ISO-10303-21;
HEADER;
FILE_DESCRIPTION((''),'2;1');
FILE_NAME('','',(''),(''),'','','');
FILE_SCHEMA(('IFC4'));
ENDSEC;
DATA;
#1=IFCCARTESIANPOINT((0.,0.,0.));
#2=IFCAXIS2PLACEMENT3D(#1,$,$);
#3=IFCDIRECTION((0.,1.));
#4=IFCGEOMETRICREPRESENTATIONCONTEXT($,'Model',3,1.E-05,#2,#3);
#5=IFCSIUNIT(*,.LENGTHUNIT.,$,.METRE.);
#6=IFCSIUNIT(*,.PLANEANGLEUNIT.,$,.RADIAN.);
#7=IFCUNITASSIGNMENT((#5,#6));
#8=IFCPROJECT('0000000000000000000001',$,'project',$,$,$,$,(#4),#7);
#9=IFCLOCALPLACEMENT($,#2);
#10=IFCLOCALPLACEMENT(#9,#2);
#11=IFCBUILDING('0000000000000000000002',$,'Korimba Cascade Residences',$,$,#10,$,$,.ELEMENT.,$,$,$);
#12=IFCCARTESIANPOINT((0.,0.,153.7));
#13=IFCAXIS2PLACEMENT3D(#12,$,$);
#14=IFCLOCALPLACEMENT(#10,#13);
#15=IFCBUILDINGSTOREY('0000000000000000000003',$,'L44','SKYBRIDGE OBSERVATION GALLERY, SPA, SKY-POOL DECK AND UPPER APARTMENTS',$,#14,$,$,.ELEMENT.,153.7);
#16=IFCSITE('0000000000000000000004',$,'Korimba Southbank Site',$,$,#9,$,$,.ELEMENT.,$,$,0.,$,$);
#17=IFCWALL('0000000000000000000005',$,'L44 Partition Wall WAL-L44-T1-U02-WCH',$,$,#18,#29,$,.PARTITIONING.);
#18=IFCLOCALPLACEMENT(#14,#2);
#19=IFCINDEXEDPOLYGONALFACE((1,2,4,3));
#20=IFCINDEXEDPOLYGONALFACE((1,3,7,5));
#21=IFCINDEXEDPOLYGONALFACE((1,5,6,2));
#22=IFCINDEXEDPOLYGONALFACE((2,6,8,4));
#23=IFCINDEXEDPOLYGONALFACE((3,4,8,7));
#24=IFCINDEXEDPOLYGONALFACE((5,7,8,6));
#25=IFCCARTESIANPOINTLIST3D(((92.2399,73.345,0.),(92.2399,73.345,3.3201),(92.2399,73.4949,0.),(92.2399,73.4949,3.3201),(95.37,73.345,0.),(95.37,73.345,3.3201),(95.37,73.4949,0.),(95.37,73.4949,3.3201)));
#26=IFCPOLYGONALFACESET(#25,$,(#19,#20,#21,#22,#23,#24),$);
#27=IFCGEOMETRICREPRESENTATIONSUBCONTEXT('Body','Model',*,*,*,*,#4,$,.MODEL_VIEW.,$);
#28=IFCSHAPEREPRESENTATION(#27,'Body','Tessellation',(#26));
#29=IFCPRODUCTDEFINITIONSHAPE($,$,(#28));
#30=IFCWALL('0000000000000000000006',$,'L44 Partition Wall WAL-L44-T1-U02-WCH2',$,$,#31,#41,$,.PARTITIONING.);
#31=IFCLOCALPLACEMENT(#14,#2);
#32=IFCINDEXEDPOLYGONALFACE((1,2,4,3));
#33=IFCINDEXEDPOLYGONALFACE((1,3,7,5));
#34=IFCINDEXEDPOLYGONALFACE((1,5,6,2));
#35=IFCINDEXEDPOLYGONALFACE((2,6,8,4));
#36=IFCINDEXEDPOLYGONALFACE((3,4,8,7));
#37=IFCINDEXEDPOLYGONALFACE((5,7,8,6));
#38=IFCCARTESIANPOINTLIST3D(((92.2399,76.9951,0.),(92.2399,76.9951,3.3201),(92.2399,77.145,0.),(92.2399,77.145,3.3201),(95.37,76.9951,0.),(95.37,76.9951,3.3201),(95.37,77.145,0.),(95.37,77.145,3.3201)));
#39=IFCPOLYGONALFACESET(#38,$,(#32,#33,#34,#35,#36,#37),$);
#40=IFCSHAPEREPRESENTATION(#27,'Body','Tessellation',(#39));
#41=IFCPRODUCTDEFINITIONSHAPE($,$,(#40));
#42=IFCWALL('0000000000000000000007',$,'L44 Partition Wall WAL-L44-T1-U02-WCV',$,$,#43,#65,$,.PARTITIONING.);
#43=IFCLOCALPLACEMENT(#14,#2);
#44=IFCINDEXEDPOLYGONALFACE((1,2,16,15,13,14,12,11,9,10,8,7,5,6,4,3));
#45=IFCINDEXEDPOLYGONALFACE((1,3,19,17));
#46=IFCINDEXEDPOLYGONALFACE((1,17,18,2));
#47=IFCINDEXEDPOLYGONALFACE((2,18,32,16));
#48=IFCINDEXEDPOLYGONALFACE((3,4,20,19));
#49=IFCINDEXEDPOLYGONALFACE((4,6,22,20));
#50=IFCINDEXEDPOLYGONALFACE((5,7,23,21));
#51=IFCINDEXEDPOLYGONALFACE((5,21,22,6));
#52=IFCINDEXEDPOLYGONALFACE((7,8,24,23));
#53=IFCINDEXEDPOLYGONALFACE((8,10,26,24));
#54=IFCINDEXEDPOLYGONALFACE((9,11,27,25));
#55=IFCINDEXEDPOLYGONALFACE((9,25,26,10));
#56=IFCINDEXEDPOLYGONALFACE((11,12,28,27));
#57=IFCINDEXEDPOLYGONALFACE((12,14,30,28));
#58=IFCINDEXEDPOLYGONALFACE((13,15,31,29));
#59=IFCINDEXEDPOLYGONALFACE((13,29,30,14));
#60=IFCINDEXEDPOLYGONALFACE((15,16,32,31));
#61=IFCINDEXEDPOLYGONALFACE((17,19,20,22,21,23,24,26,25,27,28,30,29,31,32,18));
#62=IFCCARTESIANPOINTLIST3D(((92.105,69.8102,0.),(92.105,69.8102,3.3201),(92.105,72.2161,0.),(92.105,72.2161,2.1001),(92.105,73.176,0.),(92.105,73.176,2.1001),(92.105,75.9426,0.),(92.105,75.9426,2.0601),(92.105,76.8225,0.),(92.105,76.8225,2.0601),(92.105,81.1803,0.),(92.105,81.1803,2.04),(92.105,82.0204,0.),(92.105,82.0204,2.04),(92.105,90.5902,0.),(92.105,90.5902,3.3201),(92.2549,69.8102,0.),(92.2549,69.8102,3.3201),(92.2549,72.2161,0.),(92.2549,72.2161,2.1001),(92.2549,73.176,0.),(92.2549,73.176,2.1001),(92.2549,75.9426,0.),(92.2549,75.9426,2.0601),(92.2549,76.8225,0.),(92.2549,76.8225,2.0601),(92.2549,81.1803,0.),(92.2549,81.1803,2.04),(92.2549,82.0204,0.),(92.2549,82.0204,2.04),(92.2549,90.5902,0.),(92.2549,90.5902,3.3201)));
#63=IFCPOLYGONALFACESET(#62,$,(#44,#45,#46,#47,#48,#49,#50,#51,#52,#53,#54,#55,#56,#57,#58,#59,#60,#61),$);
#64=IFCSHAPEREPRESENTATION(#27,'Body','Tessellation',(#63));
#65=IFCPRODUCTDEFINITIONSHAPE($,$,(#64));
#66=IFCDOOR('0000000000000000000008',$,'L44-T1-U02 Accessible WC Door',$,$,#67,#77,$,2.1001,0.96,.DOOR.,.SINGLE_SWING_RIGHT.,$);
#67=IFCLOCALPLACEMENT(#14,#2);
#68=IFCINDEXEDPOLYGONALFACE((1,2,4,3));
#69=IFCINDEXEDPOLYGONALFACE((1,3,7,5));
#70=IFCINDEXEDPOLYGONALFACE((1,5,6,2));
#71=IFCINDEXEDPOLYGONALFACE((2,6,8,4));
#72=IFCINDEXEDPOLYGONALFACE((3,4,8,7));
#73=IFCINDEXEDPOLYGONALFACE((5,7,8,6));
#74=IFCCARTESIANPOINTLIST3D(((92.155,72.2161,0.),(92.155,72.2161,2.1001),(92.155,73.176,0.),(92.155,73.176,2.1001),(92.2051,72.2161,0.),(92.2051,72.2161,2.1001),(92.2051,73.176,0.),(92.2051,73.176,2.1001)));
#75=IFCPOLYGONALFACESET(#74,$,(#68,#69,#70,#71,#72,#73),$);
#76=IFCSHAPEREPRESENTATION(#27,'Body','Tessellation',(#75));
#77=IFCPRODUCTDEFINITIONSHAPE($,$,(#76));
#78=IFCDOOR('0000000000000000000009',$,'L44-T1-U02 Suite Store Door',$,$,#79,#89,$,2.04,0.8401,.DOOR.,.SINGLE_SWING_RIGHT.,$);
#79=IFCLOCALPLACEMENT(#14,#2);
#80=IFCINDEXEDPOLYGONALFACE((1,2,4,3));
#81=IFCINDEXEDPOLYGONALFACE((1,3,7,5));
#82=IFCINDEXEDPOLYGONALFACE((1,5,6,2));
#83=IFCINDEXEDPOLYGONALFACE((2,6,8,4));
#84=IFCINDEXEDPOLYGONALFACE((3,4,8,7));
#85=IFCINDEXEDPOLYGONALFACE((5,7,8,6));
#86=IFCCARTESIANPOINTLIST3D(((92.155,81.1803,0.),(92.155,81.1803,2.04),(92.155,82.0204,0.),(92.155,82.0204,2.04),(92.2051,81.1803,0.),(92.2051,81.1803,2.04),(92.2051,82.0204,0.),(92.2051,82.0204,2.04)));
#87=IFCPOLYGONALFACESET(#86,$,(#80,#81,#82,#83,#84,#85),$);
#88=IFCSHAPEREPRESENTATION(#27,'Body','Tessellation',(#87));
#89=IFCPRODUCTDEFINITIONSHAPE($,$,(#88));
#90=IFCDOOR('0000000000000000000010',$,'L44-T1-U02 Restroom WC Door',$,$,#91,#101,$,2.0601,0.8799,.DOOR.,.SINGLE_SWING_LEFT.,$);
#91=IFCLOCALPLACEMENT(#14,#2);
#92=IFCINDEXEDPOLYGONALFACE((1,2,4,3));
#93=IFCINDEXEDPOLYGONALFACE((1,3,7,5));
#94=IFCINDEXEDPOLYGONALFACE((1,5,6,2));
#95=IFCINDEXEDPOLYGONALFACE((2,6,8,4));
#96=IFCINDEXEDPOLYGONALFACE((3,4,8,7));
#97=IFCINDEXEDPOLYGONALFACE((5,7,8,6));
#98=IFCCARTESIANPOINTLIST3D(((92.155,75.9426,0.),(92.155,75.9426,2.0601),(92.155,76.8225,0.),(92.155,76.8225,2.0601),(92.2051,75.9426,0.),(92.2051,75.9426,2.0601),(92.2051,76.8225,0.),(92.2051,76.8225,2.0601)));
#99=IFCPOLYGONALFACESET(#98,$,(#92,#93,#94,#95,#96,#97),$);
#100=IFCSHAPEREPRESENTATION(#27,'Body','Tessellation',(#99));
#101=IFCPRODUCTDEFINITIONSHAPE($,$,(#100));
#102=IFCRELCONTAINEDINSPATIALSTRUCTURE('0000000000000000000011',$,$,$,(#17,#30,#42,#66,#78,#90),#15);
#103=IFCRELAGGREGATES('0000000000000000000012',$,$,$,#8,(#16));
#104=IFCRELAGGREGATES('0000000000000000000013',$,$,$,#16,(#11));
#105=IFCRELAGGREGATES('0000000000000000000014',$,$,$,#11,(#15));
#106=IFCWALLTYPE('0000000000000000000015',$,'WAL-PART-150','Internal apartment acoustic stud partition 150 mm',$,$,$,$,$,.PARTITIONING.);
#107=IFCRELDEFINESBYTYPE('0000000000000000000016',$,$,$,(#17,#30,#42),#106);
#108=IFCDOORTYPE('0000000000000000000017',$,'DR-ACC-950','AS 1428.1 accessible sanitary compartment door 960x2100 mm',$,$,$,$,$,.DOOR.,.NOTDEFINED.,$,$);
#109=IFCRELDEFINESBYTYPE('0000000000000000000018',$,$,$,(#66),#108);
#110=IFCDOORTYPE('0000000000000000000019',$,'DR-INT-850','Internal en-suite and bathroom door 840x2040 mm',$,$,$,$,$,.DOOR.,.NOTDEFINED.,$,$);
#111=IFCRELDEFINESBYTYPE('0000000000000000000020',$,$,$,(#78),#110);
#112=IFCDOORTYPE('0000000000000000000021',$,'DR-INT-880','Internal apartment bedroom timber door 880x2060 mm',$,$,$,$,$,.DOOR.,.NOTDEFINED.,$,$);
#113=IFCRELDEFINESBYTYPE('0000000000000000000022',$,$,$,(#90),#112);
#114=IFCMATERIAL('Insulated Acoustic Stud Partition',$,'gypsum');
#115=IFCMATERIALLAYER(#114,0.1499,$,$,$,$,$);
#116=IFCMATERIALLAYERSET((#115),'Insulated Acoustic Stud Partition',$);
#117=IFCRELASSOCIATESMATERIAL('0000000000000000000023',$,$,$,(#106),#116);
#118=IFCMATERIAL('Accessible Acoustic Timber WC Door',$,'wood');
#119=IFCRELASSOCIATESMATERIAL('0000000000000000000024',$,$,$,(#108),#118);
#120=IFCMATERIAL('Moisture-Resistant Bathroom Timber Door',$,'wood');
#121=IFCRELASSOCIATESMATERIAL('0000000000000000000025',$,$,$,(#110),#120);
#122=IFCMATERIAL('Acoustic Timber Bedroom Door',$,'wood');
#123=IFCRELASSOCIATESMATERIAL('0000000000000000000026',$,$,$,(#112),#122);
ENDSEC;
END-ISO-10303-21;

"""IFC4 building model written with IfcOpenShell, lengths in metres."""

from ifc_helpers import new_model, si_unit, direction, frame, frame_2d, origin, place, context, subcontext, project, spatial, rectangle, extrude, material, layer, layer_set, type_object, element, fill, save


model = new_model("IFC4")

# Units and contexts
model_context = context("Model", 3, precision=1e-05, world=origin(), true_north=direction((0.0, 1.0)))
body_context = subcontext(model_context, "Body", "Model", "MODEL_VIEW")
ifc_project = project(units=[si_unit("LENGTHUNIT", "METRE"), si_unit("PLANEANGLEUNIT", "RADIAN")], contexts=[model_context])

# Site, building, storey
site_placement = place(None, origin())
site = spatial("IfcSite", under=ifc_project, at=site_placement, Name="Korimba Southbank Site", CompositionType="ELEMENT", RefElevation=0.0)
building_placement = place(site_placement, origin())
building = spatial("IfcBuilding", under=site, at=building_placement, Name="Korimba Cascade Residences", CompositionType="ELEMENT")
storey_placement = place(building_placement, frame((0.0, 0.0, 153.7)))
storey = spatial("IfcBuildingStorey", under=building, at=storey_placement, Name="L44", Description="SKYBRIDGE OBSERVATION GALLERY, SPA, SKY-POOL DECK AND UPPER APARTMENTS", CompositionType="ELEMENT", Elevation=153.7)

# Walls
ifc_material_1 = material(Name="Insulated Acoustic Stud Partition", Category="gypsum")
ifc_layer_1 = layer(ifc_material_1, 0.1499)
ifc_layer_set_1 = layer_set([ifc_layer_1], Name="Insulated Acoustic Stud Partition")
wall_type_1 = type_object("IfcWallType", Name="WAL-PART-150", Description="Internal apartment acoustic stud partition 150 mm", PredefinedType="PARTITIONING", material=ifc_layer_set_1)
for number, where, z_axis, x_axis, name in (
    (1, (92.24, 73.4199, 0.0), (0.0, 0.0, 1.0), (1.0, 0.0, 0.0), "L44 Partition Wall WAL-L44-T1-U02-WCH"),
    (2, (92.24, 77.0701, 0.0), (0.0, 0.0, 1.0), (1.0, 0.0, 0.0), "L44 Partition Wall WAL-L44-T1-U02-WCH2"),
):
    element("IfcWall", number, at=place(storey_placement, frame(where, z_axis=z_axis, x_axis=x_axis)), inside=storey, type_object=wall_type_1, Name=name, PredefinedType="PARTITIONING", context=body_context, shape_type="SweptSolid", body=[
        extrude(rectangle(XDim=3.1301, YDim=0.1499, at=frame_2d((1.5649, 0.0))), origin(), (0.0, 0.0, 1.0), 3.3201),
    ])

# Wall, openings, doors
wall_1_placement = place(storey_placement, frame((92.1799, 69.8101, 0.0), z_axis=(0.0, 0.0, 1.0), x_axis=(0.0, 1.0, 0.0)))
wall_1 = element("IfcWall", 3, at=wall_1_placement, inside=storey, type_object=wall_type_1, Name="L44 Partition Wall WAL-L44-T1-U02-WCV", PredefinedType="PARTITIONING", context=body_context, shape_type="SweptSolid", body=[
    extrude(rectangle(XDim=20.78, YDim=0.1499, at=frame_2d((10.3901, 0.0))), origin(), (0.0, 0.0, 1.0), 3.3201),
])
opening_1_placement = place(wall_1_placement, frame((2.406, 0.0, 0.0)))
opening_1 = element("IfcOpeningElement", 4, at=opening_1_placement, cuts=wall_1, PredefinedType="OPENING", context=body_context, shape_type="SweptSolid", body=[
    extrude(rectangle(XDim=0.96, YDim=2.1001, at=frame_2d((0.48, 1.05))), frame((0.0, 0.085, 0.0), z_axis=(0.0, -1.0, 0.0), x_axis=(1.0, 0.0, 0.0)), (0.0, 0.0, 1.0), 0.1699),
])
opening_2_placement = place(wall_1_placement, frame((6.1326, 0.0, 0.0)))
opening_2 = element("IfcOpeningElement", 5, at=opening_2_placement, cuts=wall_1, PredefinedType="OPENING", context=body_context, shape_type="SweptSolid", body=[
    extrude(rectangle(XDim=0.8799, YDim=2.0601, at=frame_2d((0.4399, 1.03))), frame((0.0, 0.085, 0.0), z_axis=(0.0, -1.0, 0.0), x_axis=(1.0, 0.0, 0.0)), (0.0, 0.0, 1.0), 0.1699),
])
opening_3_placement = place(wall_1_placement, frame((11.3704, 0.0, 0.0)))
opening_3 = element("IfcOpeningElement", 6, at=opening_3_placement, cuts=wall_1, PredefinedType="OPENING", context=body_context, shape_type="SweptSolid", body=[
    extrude(rectangle(XDim=0.8401, YDim=2.04, at=frame_2d((0.4199, 1.02))), frame((0.0, 0.085, 0.0), z_axis=(0.0, -1.0, 0.0), x_axis=(1.0, 0.0, 0.0)), (0.0, 0.0, 1.0), 0.1699),
])
ifc_material_2 = material(Name="Accessible Acoustic Timber WC Door", Category="wood")
door_type_1 = type_object("IfcDoorType", Name="DR-ACC-950", Description="AS 1428.1 accessible sanitary compartment door 960x2100 mm", OperationType="NOTDEFINED", PredefinedType="DOOR", material=ifc_material_2)
door_1_placement = place(opening_1_placement, origin())
door_1 = element("IfcDoor", 7, at=door_1_placement, inside=storey, type_object=door_type_1, Name="L44-T1-U02 Accessible WC Door", OperationType="SINGLE_SWING_RIGHT", OverallHeight=2.1001, OverallWidth=0.96, PredefinedType="DOOR", context=body_context, shape_type="SweptSolid", body=[
    extrude(rectangle(XDim=0.96, YDim=2.1001, at=frame_2d((0.48, 1.05))), frame((0.0, 0.0249, 0.0), z_axis=(0.0, -1.0, 0.0), x_axis=(1.0, 0.0, 0.0)), (0.0, 0.0, 1.0), 0.05),
])
fill(opening_1, door_1)
ifc_material_3 = material(Name="Moisture-Resistant Bathroom Timber Door", Category="wood")
door_type_2 = type_object("IfcDoorType", Name="DR-INT-850", Description="Internal en-suite and bathroom door 840x2040 mm", OperationType="NOTDEFINED", PredefinedType="DOOR", material=ifc_material_3)
door_2_placement = place(opening_3_placement, origin())
door_2 = element("IfcDoor", 8, at=door_2_placement, inside=storey, type_object=door_type_2, Name="L44-T1-U02 Suite Store Door", OperationType="SINGLE_SWING_RIGHT", OverallHeight=2.04, OverallWidth=0.8401, PredefinedType="DOOR", context=body_context, shape_type="SweptSolid", body=[
    extrude(rectangle(XDim=0.8401, YDim=2.04, at=frame_2d((0.4199, 1.02))), frame((0.0, 0.0249, 0.0), z_axis=(0.0, -1.0, 0.0), x_axis=(1.0, 0.0, 0.0)), (0.0, 0.0, 1.0), 0.05),
])
fill(opening_3, door_2)
ifc_material_4 = material(Name="Acoustic Timber Bedroom Door", Category="wood")
door_type_3 = type_object("IfcDoorType", Name="DR-INT-880", Description="Internal apartment bedroom timber door 880x2060 mm", OperationType="NOTDEFINED", PredefinedType="DOOR", material=ifc_material_4)
door_3_placement = place(opening_2_placement, origin())
door_3 = element("IfcDoor", 9, at=door_3_placement, inside=storey, type_object=door_type_3, Name="L44-T1-U02 Restroom WC Door", OperationType="SINGLE_SWING_LEFT", OverallHeight=2.0601, OverallWidth=0.8799, PredefinedType="DOOR", context=body_context, shape_type="SweptSolid", body=[
    extrude(rectangle(XDim=0.8799, YDim=2.0601, at=frame_2d((0.4399, 1.03))), frame((0.0, 0.0249, 0.0), z_axis=(0.0, -1.0, 0.0), x_axis=(1.0, 0.0, 0.0)), (0.0, 0.0, 1.0), 0.05),
])
fill(opening_2, door_3)

save(model, "model.ifc")
